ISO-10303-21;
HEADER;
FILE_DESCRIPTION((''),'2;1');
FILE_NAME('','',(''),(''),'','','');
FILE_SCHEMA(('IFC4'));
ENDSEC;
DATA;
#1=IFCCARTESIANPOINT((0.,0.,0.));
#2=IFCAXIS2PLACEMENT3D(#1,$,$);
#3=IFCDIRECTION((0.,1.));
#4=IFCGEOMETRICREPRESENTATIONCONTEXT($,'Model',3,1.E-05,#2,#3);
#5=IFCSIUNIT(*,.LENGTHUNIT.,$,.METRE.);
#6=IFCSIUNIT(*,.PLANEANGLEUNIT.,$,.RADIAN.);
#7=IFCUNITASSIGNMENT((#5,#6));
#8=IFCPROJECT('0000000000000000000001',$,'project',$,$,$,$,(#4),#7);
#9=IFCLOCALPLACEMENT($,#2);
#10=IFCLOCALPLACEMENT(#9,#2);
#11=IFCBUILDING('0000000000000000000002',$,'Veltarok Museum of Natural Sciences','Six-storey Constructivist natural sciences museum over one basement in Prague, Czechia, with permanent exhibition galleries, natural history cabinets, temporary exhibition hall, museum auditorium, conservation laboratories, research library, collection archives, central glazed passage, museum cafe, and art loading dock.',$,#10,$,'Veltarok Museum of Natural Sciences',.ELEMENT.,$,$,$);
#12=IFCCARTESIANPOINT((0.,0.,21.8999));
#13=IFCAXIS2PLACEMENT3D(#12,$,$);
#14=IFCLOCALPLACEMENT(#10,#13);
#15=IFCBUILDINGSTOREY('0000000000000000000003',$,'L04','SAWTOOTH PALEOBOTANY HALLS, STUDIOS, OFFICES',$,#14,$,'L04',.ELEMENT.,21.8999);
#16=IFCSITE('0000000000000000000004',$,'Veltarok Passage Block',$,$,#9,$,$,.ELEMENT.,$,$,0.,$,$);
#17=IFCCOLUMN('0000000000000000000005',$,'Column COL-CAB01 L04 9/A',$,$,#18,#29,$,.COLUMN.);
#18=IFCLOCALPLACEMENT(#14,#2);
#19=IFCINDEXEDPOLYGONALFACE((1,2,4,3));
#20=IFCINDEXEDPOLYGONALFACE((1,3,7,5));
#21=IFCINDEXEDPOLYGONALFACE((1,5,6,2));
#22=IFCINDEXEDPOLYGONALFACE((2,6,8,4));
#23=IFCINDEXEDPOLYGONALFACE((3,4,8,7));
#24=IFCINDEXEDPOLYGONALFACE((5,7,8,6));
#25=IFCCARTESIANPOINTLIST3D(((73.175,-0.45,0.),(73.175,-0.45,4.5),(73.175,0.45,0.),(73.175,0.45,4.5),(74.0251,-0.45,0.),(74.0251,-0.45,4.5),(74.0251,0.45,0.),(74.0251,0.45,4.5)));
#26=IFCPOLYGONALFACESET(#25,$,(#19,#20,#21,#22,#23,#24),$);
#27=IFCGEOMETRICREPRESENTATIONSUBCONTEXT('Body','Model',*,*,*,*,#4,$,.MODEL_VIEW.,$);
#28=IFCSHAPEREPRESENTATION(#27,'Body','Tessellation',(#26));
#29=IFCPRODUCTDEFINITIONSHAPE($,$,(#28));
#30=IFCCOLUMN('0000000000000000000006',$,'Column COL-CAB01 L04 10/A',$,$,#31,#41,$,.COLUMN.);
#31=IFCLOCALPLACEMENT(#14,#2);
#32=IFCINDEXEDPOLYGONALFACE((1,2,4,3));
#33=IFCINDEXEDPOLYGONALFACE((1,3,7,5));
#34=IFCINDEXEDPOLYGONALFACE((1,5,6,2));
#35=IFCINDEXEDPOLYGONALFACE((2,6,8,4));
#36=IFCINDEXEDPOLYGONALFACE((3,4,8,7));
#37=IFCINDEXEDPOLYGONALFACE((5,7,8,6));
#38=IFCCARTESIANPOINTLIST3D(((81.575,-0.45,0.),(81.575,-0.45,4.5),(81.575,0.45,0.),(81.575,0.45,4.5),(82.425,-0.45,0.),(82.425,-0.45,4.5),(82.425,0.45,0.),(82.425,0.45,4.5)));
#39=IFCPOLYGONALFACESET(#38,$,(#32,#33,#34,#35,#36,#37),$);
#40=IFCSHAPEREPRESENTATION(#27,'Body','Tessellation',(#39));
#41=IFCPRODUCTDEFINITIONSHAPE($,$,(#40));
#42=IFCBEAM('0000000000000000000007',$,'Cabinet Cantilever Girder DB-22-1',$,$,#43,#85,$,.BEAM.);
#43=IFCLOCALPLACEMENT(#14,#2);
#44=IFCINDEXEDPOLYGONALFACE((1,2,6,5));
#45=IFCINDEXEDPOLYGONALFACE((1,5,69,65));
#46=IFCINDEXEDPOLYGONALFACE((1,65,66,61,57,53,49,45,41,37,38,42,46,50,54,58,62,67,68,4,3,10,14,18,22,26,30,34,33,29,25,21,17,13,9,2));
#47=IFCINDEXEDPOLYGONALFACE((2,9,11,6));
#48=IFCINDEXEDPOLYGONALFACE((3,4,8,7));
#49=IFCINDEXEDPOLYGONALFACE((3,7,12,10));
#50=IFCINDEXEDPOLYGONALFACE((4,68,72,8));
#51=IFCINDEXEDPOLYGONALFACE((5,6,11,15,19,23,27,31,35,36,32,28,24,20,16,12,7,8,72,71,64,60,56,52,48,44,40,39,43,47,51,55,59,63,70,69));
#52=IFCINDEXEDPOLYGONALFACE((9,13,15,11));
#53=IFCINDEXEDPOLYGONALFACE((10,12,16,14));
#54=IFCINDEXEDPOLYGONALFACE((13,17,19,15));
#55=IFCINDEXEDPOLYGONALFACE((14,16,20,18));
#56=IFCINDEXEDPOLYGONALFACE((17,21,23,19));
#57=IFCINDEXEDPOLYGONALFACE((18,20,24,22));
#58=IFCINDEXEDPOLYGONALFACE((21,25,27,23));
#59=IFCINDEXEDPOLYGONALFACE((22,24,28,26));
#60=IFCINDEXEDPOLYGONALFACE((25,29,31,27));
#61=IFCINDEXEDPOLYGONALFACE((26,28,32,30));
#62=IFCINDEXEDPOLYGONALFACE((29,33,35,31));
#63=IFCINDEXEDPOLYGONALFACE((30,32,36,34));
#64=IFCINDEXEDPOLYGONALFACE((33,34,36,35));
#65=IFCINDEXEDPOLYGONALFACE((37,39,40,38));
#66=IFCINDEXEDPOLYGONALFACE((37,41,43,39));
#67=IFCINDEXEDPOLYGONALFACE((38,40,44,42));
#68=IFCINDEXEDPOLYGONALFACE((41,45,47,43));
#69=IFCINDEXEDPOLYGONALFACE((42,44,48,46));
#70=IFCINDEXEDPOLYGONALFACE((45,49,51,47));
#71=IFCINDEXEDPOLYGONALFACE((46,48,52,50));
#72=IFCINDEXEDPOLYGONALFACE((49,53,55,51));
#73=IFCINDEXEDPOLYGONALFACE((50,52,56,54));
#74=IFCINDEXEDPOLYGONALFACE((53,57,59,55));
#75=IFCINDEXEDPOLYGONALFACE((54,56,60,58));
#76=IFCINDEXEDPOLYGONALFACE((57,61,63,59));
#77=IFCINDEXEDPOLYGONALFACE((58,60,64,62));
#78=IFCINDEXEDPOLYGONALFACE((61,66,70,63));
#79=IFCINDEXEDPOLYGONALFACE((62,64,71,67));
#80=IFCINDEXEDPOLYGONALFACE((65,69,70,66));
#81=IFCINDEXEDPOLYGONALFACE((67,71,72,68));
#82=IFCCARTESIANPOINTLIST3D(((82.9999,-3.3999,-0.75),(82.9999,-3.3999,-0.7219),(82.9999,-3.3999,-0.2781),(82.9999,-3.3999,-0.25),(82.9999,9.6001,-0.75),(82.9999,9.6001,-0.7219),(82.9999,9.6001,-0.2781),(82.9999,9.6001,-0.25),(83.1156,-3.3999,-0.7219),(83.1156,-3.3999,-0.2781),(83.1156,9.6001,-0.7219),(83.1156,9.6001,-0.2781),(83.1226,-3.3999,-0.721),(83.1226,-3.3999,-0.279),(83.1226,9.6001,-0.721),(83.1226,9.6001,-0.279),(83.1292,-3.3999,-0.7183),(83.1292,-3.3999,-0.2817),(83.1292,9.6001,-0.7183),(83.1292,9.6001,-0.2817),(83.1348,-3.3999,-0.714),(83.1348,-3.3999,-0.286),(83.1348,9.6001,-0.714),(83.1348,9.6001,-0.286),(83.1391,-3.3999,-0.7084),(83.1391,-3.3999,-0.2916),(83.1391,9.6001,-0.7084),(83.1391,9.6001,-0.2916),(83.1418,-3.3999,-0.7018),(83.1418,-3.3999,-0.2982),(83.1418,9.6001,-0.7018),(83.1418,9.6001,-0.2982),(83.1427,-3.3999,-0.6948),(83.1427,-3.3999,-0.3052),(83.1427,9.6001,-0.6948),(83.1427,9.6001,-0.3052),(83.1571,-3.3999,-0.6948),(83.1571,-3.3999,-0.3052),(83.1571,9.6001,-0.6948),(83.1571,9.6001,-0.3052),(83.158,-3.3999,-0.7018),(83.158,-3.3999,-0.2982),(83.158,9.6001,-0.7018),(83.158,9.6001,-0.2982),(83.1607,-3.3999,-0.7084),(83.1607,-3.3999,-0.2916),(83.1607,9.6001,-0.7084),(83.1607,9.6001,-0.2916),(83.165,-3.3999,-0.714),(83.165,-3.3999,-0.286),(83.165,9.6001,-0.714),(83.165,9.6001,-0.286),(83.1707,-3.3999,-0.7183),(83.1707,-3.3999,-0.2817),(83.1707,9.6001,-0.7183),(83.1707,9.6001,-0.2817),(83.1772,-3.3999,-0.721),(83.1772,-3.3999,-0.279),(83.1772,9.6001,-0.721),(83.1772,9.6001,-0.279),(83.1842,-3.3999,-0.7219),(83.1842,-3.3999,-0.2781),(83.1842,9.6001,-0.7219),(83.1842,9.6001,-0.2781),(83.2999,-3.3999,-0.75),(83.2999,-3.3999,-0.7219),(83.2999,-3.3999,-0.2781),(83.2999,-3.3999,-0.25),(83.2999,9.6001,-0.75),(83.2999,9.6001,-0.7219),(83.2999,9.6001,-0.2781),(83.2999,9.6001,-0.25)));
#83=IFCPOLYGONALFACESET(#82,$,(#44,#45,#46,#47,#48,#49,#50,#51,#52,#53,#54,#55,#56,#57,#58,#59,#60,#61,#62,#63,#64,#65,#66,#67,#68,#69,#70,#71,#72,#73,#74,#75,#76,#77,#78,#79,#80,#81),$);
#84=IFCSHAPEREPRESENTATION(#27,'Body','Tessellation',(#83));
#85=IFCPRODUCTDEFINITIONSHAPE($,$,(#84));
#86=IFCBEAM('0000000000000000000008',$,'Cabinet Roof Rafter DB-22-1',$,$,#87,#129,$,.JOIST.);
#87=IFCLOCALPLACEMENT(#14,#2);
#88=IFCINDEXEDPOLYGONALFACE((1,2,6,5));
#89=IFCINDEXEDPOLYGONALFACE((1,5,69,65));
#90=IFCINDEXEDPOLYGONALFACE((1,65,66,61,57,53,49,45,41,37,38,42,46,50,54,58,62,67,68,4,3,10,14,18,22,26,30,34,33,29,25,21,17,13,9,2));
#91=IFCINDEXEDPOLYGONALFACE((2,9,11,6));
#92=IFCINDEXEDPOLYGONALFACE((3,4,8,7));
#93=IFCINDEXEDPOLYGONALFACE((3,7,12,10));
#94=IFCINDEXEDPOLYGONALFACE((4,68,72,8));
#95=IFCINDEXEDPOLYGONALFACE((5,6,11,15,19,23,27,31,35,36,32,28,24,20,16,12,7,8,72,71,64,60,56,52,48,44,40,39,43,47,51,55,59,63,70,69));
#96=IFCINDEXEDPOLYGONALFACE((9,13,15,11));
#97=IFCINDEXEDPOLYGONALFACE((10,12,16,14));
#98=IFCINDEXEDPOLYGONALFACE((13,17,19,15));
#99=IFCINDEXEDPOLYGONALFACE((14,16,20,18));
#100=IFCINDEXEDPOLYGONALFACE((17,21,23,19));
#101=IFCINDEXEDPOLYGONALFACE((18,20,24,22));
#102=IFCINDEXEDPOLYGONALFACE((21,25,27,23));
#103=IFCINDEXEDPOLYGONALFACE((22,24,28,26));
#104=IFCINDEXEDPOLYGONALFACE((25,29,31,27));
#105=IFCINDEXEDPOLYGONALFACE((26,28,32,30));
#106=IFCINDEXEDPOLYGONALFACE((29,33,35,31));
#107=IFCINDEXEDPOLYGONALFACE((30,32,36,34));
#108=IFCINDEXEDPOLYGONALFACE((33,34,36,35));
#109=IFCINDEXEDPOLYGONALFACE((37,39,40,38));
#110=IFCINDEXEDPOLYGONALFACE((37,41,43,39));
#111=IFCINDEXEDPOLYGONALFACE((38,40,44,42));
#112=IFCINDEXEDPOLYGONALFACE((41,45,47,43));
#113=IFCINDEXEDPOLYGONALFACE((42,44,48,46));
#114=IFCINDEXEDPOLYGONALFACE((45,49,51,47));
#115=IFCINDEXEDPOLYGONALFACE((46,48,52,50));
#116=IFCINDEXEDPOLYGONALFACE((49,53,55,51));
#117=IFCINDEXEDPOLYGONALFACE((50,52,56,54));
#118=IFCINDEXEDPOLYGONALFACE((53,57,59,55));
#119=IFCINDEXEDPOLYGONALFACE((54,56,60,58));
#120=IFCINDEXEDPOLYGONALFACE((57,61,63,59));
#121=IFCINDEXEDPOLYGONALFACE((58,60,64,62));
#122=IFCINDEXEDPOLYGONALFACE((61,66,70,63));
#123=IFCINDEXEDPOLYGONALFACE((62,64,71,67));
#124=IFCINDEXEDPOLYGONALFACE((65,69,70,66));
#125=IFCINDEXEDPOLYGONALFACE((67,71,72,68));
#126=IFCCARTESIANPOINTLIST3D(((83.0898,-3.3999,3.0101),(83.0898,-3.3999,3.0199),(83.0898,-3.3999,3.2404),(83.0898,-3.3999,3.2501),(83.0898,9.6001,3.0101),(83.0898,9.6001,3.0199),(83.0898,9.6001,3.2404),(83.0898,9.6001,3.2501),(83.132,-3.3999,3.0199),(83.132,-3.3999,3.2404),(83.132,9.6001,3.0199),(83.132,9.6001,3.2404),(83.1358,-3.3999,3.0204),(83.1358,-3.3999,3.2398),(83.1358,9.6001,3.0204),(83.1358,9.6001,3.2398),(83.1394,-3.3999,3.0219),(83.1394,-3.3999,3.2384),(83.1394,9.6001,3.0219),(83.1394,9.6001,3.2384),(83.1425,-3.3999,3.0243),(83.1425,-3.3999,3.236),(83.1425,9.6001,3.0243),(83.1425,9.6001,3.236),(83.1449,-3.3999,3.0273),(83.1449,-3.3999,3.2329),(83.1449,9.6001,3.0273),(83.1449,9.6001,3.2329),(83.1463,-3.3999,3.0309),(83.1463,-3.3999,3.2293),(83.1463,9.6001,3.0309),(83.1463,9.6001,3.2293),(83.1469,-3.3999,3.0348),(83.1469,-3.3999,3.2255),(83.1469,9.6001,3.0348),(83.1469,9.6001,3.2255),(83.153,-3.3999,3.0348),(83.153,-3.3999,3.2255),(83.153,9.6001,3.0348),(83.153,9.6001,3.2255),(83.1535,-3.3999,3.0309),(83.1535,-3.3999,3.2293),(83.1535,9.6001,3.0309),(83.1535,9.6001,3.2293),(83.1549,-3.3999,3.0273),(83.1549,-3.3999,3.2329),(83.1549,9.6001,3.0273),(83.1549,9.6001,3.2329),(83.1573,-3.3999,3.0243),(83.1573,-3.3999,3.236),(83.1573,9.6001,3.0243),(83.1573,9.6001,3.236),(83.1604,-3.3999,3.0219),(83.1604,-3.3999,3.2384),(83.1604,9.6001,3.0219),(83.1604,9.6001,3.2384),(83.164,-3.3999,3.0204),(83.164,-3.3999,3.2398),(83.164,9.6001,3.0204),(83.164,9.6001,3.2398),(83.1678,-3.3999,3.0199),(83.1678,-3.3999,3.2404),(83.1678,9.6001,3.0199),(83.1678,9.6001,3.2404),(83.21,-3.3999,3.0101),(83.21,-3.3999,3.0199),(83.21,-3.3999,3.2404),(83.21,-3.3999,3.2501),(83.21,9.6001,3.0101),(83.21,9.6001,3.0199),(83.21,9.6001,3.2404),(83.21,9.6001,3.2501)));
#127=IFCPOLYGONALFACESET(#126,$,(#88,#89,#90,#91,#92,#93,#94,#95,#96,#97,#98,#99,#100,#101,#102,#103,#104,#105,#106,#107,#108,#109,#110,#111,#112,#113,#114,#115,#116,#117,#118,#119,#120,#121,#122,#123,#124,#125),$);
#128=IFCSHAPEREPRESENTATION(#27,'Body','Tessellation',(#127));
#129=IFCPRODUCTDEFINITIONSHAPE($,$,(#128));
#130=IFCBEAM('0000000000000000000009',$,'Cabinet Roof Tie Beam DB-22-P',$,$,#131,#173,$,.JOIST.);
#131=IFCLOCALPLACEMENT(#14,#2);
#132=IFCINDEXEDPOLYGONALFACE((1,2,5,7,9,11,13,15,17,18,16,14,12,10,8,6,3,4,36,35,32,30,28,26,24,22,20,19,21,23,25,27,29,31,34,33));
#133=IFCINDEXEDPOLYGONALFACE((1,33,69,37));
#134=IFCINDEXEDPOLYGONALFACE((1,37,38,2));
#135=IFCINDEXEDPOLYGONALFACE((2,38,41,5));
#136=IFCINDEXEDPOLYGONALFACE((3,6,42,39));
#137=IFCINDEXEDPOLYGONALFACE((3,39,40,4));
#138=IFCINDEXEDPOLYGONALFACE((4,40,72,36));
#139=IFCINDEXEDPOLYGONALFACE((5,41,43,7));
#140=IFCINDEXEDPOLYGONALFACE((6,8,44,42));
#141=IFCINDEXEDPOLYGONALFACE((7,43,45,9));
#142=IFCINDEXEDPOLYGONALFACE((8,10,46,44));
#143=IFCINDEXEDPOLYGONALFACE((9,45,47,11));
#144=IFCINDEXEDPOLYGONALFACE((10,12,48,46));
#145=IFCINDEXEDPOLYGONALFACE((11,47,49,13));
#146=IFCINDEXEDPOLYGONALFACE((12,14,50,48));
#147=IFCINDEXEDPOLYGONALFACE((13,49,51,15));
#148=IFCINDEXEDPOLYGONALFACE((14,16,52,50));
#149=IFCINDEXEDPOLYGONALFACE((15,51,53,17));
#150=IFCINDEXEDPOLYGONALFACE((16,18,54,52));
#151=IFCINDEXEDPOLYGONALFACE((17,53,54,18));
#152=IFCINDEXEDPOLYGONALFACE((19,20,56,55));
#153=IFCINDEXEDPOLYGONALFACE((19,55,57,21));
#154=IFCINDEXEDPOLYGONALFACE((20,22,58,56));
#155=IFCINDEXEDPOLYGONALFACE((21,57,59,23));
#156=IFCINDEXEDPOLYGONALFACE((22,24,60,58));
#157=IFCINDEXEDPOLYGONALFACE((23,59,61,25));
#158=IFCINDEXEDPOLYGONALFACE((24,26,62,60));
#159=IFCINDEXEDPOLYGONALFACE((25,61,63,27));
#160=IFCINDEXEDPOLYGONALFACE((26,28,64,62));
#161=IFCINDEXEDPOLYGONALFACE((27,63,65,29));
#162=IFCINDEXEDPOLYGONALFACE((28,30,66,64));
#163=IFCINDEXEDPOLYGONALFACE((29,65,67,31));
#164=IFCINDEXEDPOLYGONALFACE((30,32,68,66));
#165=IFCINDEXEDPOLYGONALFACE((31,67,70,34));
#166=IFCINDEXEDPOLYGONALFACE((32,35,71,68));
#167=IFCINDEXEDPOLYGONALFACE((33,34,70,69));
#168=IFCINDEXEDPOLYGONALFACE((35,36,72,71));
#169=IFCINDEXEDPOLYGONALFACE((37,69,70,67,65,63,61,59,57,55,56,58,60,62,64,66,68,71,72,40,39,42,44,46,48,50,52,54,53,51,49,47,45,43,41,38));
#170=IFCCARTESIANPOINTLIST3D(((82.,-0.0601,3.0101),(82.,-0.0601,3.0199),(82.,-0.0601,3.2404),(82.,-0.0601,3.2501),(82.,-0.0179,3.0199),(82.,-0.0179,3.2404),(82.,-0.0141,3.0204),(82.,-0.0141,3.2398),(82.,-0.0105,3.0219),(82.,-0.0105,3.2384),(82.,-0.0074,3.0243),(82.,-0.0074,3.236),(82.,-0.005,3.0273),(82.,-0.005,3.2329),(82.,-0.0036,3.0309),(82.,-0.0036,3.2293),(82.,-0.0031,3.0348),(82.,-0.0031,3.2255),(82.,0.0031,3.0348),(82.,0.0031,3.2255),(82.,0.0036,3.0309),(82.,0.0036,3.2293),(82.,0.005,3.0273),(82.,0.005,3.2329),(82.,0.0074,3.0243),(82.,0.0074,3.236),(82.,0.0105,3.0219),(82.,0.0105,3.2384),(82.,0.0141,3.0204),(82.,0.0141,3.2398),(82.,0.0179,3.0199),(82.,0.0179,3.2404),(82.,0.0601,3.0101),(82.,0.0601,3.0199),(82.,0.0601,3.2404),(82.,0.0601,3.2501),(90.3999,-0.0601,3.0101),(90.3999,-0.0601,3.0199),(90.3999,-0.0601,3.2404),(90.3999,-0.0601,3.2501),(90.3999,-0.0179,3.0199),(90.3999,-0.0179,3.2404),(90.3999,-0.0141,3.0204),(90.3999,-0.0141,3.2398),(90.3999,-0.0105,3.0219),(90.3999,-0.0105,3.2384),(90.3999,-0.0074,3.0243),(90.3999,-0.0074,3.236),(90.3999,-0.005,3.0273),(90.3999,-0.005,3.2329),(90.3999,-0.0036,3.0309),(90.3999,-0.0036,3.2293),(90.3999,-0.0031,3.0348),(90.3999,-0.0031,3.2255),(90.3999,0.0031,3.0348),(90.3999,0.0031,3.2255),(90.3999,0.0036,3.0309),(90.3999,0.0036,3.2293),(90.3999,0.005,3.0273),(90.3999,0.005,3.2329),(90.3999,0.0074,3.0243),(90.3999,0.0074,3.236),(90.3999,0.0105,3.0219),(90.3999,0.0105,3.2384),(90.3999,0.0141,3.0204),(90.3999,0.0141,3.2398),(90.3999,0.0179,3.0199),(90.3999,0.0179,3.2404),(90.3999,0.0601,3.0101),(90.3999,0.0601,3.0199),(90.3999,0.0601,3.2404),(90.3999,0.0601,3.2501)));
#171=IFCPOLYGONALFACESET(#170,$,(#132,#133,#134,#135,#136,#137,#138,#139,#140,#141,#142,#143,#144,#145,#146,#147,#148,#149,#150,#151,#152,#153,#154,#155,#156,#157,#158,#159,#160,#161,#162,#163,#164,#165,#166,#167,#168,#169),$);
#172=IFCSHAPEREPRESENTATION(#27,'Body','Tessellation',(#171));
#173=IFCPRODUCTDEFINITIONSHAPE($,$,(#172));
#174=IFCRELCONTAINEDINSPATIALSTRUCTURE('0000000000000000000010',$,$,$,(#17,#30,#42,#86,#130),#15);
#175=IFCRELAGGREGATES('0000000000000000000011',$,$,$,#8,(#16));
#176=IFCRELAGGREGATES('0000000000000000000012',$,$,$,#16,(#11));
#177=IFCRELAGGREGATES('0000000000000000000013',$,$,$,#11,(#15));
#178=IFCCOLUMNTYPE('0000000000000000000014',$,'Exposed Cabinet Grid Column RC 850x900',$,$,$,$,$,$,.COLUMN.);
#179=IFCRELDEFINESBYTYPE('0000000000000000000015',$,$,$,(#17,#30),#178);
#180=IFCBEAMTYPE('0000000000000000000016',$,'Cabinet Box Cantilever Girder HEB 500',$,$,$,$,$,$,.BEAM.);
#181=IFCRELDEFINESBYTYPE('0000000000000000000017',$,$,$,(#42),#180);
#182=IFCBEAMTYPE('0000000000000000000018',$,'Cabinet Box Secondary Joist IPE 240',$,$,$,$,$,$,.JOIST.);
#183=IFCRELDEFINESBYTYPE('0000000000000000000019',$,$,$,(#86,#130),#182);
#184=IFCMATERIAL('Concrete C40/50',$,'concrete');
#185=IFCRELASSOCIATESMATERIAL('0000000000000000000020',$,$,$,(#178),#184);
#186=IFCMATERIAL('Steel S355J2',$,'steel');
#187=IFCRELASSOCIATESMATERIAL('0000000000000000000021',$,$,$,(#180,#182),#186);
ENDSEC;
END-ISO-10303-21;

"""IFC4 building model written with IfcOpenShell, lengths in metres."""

from ifc_helpers import new_model, si_unit, direction, frame, origin, origin_2d, place, context, subcontext, project, spatial, rectangle, i_section, extrude, material, material_profile, profile_set, type_object, element, save


model = new_model("IFC4")

# Units and contexts
model_context = context("Model", 3, precision=1e-05, world=origin(), true_north=direction((0.0, 1.0)))
body_context = subcontext(model_context, "Body", "Model", "MODEL_VIEW")
ifc_project = project(units=[si_unit("LENGTHUNIT", "METRE"), si_unit("PLANEANGLEUNIT", "RADIAN")], contexts=[model_context])

# Site, building, storey
site_placement = place(None, origin())
site = spatial("IfcSite", under=ifc_project, at=site_placement, Name="Veltarok Passage Block", CompositionType="ELEMENT", RefElevation=0.0)
building_placement = place(site_placement, origin())
building = spatial("IfcBuilding", under=site, at=building_placement, Name="Veltarok Museum of Natural Sciences", Description="Six-storey Constructivist natural sciences museum over one basement in Prague, Czechia, with permanent exhibition galleries, natural history cabinets, temporary exhibition hall, museum auditorium, conservation laboratories, research library, collection archives, central glazed passage, museum cafe, and art loading dock.", LongName="Veltarok Museum of Natural Sciences", CompositionType="ELEMENT")
storey_placement = place(building_placement, frame((0.0, 0.0, 21.8999)))
storey = spatial("IfcBuildingStorey", under=building, at=storey_placement, Name="L04", Description="SAWTOOTH PALEOBOTANY HALLS, STUDIOS, OFFICES", LongName="L04", CompositionType="ELEMENT", Elevation=21.8999)

# Columns
ifc_material_1 = material(Name="Concrete C40/50", Category="concrete")
ifc_material_profile_1 = material_profile(ifc_material_1, rectangle(XDim=0.8501, YDim=0.8999, at=origin_2d()), Name="RC 850x900")
ifc_profile_set_1 = profile_set([ifc_material_profile_1], Name="Concrete C40/50")
column_type = type_object("IfcColumnType", Name="Exposed Cabinet Grid Column RC 850x900", PredefinedType="COLUMN", material=ifc_profile_set_1)
for number, where, z_axis, x_axis, name in (
    (1, (73.6001, 0.0, 0.0), (0.0, 0.0, 1.0), (1.0, 0.0, 0.0), "Column COL-CAB01 L04 9/A"),
    (2, (82.0, 0.0, 0.0), (0.0, 0.0, 1.0), (1.0, 0.0, 0.0), "Column COL-CAB01 L04 10/A"),
):
    element("IfcColumn", number, at=place(storey_placement, frame(where, z_axis=z_axis, x_axis=x_axis)), inside=storey, type_object=column_type, Name=name, PredefinedType="COLUMN", context=body_context, shape_type="SweptSolid", body=[
        extrude(rectangle(XDim=0.8501, YDim=0.8999, at=origin_2d()), origin(), (0.0, 0.0, 1.0), 4.5),
    ])

# Beams
ifc_material_2 = material(Name="Steel S355J2", Category="steel")
ifc_material_profile_2 = material_profile(ifc_material_2, i_section(OverallWidth=0.3, OverallDepth=0.5, WebThickness=0.0144, FlangeThickness=0.0281, FilletRadius=0.0271, at=origin_2d()), Name="HEB 500")
ifc_profile_set_2 = profile_set([ifc_material_profile_2], Name="Steel S355J2")
beam_type_1 = type_object("IfcBeamType", Name="Cabinet Box Cantilever Girder HEB 500", PredefinedType="BEAM", material=ifc_profile_set_2)
beam_1_placement = place(storey_placement, frame((83.1499, -3.3999, -0.5), z_axis=(0.0, 1.0, 0.0), x_axis=(-1.0, 0.0, 0.0)))
element("IfcBeam", 3, at=beam_1_placement, inside=storey, type_object=beam_type_1, Name="Cabinet Cantilever Girder DB-22-1", PredefinedType="BEAM", context=body_context, shape_type="SweptSolid", body=[
    extrude(i_section(OverallWidth=0.3, OverallDepth=0.5, WebThickness=0.0144, FlangeThickness=0.0281, FilletRadius=0.0271, at=origin_2d()), origin(), (0.0, 0.0, 1.0), 13.0),
])
ifc_material_profile_3 = material_profile(ifc_material_2, i_section(OverallWidth=0.1201, OverallDepth=0.24, WebThickness=0.0061, FlangeThickness=0.0098, FilletRadius=0.0149, at=origin_2d()), Name="IPE 240")
ifc_profile_set_3 = profile_set([ifc_material_profile_3], Name="Steel S355J2")
beam_type_2 = type_object("IfcBeamType", Name="Cabinet Box Secondary Joist IPE 240", PredefinedType="JOIST", material=ifc_profile_set_3)
beam_2_placement = place(storey_placement, frame((83.1499, -3.3999, 3.1301), z_axis=(0.0, 1.0, 0.0), x_axis=(-1.0, 0.0, 0.0)))
element("IfcBeam", 4, at=beam_2_placement, inside=storey, type_object=beam_type_2, Name="Cabinet Roof Rafter DB-22-1", PredefinedType="JOIST", context=body_context, shape_type="SweptSolid", body=[
    extrude(i_section(OverallWidth=0.1201, OverallDepth=0.24, WebThickness=0.0061, FlangeThickness=0.0098, FilletRadius=0.0149, at=origin_2d()), origin(), (0.0, 0.0, 1.0), 13.0),
])
beam_3_placement = place(storey_placement, frame((82.0, 0.0, 3.1301), z_axis=(1.0, 0.0, 0.0), x_axis=(0.0, 1.0, 0.0)))
element("IfcBeam", 5, at=beam_3_placement, inside=storey, type_object=beam_type_2, Name="Cabinet Roof Tie Beam DB-22-P", PredefinedType="JOIST", context=body_context, shape_type="SweptSolid", body=[
    extrude(i_section(OverallWidth=0.1201, OverallDepth=0.24, WebThickness=0.0061, FlangeThickness=0.0098, FilletRadius=0.0149, at=origin_2d()), origin(), (0.0, 0.0, 1.0), 8.3999),
])

save(model, "model.ifc")
